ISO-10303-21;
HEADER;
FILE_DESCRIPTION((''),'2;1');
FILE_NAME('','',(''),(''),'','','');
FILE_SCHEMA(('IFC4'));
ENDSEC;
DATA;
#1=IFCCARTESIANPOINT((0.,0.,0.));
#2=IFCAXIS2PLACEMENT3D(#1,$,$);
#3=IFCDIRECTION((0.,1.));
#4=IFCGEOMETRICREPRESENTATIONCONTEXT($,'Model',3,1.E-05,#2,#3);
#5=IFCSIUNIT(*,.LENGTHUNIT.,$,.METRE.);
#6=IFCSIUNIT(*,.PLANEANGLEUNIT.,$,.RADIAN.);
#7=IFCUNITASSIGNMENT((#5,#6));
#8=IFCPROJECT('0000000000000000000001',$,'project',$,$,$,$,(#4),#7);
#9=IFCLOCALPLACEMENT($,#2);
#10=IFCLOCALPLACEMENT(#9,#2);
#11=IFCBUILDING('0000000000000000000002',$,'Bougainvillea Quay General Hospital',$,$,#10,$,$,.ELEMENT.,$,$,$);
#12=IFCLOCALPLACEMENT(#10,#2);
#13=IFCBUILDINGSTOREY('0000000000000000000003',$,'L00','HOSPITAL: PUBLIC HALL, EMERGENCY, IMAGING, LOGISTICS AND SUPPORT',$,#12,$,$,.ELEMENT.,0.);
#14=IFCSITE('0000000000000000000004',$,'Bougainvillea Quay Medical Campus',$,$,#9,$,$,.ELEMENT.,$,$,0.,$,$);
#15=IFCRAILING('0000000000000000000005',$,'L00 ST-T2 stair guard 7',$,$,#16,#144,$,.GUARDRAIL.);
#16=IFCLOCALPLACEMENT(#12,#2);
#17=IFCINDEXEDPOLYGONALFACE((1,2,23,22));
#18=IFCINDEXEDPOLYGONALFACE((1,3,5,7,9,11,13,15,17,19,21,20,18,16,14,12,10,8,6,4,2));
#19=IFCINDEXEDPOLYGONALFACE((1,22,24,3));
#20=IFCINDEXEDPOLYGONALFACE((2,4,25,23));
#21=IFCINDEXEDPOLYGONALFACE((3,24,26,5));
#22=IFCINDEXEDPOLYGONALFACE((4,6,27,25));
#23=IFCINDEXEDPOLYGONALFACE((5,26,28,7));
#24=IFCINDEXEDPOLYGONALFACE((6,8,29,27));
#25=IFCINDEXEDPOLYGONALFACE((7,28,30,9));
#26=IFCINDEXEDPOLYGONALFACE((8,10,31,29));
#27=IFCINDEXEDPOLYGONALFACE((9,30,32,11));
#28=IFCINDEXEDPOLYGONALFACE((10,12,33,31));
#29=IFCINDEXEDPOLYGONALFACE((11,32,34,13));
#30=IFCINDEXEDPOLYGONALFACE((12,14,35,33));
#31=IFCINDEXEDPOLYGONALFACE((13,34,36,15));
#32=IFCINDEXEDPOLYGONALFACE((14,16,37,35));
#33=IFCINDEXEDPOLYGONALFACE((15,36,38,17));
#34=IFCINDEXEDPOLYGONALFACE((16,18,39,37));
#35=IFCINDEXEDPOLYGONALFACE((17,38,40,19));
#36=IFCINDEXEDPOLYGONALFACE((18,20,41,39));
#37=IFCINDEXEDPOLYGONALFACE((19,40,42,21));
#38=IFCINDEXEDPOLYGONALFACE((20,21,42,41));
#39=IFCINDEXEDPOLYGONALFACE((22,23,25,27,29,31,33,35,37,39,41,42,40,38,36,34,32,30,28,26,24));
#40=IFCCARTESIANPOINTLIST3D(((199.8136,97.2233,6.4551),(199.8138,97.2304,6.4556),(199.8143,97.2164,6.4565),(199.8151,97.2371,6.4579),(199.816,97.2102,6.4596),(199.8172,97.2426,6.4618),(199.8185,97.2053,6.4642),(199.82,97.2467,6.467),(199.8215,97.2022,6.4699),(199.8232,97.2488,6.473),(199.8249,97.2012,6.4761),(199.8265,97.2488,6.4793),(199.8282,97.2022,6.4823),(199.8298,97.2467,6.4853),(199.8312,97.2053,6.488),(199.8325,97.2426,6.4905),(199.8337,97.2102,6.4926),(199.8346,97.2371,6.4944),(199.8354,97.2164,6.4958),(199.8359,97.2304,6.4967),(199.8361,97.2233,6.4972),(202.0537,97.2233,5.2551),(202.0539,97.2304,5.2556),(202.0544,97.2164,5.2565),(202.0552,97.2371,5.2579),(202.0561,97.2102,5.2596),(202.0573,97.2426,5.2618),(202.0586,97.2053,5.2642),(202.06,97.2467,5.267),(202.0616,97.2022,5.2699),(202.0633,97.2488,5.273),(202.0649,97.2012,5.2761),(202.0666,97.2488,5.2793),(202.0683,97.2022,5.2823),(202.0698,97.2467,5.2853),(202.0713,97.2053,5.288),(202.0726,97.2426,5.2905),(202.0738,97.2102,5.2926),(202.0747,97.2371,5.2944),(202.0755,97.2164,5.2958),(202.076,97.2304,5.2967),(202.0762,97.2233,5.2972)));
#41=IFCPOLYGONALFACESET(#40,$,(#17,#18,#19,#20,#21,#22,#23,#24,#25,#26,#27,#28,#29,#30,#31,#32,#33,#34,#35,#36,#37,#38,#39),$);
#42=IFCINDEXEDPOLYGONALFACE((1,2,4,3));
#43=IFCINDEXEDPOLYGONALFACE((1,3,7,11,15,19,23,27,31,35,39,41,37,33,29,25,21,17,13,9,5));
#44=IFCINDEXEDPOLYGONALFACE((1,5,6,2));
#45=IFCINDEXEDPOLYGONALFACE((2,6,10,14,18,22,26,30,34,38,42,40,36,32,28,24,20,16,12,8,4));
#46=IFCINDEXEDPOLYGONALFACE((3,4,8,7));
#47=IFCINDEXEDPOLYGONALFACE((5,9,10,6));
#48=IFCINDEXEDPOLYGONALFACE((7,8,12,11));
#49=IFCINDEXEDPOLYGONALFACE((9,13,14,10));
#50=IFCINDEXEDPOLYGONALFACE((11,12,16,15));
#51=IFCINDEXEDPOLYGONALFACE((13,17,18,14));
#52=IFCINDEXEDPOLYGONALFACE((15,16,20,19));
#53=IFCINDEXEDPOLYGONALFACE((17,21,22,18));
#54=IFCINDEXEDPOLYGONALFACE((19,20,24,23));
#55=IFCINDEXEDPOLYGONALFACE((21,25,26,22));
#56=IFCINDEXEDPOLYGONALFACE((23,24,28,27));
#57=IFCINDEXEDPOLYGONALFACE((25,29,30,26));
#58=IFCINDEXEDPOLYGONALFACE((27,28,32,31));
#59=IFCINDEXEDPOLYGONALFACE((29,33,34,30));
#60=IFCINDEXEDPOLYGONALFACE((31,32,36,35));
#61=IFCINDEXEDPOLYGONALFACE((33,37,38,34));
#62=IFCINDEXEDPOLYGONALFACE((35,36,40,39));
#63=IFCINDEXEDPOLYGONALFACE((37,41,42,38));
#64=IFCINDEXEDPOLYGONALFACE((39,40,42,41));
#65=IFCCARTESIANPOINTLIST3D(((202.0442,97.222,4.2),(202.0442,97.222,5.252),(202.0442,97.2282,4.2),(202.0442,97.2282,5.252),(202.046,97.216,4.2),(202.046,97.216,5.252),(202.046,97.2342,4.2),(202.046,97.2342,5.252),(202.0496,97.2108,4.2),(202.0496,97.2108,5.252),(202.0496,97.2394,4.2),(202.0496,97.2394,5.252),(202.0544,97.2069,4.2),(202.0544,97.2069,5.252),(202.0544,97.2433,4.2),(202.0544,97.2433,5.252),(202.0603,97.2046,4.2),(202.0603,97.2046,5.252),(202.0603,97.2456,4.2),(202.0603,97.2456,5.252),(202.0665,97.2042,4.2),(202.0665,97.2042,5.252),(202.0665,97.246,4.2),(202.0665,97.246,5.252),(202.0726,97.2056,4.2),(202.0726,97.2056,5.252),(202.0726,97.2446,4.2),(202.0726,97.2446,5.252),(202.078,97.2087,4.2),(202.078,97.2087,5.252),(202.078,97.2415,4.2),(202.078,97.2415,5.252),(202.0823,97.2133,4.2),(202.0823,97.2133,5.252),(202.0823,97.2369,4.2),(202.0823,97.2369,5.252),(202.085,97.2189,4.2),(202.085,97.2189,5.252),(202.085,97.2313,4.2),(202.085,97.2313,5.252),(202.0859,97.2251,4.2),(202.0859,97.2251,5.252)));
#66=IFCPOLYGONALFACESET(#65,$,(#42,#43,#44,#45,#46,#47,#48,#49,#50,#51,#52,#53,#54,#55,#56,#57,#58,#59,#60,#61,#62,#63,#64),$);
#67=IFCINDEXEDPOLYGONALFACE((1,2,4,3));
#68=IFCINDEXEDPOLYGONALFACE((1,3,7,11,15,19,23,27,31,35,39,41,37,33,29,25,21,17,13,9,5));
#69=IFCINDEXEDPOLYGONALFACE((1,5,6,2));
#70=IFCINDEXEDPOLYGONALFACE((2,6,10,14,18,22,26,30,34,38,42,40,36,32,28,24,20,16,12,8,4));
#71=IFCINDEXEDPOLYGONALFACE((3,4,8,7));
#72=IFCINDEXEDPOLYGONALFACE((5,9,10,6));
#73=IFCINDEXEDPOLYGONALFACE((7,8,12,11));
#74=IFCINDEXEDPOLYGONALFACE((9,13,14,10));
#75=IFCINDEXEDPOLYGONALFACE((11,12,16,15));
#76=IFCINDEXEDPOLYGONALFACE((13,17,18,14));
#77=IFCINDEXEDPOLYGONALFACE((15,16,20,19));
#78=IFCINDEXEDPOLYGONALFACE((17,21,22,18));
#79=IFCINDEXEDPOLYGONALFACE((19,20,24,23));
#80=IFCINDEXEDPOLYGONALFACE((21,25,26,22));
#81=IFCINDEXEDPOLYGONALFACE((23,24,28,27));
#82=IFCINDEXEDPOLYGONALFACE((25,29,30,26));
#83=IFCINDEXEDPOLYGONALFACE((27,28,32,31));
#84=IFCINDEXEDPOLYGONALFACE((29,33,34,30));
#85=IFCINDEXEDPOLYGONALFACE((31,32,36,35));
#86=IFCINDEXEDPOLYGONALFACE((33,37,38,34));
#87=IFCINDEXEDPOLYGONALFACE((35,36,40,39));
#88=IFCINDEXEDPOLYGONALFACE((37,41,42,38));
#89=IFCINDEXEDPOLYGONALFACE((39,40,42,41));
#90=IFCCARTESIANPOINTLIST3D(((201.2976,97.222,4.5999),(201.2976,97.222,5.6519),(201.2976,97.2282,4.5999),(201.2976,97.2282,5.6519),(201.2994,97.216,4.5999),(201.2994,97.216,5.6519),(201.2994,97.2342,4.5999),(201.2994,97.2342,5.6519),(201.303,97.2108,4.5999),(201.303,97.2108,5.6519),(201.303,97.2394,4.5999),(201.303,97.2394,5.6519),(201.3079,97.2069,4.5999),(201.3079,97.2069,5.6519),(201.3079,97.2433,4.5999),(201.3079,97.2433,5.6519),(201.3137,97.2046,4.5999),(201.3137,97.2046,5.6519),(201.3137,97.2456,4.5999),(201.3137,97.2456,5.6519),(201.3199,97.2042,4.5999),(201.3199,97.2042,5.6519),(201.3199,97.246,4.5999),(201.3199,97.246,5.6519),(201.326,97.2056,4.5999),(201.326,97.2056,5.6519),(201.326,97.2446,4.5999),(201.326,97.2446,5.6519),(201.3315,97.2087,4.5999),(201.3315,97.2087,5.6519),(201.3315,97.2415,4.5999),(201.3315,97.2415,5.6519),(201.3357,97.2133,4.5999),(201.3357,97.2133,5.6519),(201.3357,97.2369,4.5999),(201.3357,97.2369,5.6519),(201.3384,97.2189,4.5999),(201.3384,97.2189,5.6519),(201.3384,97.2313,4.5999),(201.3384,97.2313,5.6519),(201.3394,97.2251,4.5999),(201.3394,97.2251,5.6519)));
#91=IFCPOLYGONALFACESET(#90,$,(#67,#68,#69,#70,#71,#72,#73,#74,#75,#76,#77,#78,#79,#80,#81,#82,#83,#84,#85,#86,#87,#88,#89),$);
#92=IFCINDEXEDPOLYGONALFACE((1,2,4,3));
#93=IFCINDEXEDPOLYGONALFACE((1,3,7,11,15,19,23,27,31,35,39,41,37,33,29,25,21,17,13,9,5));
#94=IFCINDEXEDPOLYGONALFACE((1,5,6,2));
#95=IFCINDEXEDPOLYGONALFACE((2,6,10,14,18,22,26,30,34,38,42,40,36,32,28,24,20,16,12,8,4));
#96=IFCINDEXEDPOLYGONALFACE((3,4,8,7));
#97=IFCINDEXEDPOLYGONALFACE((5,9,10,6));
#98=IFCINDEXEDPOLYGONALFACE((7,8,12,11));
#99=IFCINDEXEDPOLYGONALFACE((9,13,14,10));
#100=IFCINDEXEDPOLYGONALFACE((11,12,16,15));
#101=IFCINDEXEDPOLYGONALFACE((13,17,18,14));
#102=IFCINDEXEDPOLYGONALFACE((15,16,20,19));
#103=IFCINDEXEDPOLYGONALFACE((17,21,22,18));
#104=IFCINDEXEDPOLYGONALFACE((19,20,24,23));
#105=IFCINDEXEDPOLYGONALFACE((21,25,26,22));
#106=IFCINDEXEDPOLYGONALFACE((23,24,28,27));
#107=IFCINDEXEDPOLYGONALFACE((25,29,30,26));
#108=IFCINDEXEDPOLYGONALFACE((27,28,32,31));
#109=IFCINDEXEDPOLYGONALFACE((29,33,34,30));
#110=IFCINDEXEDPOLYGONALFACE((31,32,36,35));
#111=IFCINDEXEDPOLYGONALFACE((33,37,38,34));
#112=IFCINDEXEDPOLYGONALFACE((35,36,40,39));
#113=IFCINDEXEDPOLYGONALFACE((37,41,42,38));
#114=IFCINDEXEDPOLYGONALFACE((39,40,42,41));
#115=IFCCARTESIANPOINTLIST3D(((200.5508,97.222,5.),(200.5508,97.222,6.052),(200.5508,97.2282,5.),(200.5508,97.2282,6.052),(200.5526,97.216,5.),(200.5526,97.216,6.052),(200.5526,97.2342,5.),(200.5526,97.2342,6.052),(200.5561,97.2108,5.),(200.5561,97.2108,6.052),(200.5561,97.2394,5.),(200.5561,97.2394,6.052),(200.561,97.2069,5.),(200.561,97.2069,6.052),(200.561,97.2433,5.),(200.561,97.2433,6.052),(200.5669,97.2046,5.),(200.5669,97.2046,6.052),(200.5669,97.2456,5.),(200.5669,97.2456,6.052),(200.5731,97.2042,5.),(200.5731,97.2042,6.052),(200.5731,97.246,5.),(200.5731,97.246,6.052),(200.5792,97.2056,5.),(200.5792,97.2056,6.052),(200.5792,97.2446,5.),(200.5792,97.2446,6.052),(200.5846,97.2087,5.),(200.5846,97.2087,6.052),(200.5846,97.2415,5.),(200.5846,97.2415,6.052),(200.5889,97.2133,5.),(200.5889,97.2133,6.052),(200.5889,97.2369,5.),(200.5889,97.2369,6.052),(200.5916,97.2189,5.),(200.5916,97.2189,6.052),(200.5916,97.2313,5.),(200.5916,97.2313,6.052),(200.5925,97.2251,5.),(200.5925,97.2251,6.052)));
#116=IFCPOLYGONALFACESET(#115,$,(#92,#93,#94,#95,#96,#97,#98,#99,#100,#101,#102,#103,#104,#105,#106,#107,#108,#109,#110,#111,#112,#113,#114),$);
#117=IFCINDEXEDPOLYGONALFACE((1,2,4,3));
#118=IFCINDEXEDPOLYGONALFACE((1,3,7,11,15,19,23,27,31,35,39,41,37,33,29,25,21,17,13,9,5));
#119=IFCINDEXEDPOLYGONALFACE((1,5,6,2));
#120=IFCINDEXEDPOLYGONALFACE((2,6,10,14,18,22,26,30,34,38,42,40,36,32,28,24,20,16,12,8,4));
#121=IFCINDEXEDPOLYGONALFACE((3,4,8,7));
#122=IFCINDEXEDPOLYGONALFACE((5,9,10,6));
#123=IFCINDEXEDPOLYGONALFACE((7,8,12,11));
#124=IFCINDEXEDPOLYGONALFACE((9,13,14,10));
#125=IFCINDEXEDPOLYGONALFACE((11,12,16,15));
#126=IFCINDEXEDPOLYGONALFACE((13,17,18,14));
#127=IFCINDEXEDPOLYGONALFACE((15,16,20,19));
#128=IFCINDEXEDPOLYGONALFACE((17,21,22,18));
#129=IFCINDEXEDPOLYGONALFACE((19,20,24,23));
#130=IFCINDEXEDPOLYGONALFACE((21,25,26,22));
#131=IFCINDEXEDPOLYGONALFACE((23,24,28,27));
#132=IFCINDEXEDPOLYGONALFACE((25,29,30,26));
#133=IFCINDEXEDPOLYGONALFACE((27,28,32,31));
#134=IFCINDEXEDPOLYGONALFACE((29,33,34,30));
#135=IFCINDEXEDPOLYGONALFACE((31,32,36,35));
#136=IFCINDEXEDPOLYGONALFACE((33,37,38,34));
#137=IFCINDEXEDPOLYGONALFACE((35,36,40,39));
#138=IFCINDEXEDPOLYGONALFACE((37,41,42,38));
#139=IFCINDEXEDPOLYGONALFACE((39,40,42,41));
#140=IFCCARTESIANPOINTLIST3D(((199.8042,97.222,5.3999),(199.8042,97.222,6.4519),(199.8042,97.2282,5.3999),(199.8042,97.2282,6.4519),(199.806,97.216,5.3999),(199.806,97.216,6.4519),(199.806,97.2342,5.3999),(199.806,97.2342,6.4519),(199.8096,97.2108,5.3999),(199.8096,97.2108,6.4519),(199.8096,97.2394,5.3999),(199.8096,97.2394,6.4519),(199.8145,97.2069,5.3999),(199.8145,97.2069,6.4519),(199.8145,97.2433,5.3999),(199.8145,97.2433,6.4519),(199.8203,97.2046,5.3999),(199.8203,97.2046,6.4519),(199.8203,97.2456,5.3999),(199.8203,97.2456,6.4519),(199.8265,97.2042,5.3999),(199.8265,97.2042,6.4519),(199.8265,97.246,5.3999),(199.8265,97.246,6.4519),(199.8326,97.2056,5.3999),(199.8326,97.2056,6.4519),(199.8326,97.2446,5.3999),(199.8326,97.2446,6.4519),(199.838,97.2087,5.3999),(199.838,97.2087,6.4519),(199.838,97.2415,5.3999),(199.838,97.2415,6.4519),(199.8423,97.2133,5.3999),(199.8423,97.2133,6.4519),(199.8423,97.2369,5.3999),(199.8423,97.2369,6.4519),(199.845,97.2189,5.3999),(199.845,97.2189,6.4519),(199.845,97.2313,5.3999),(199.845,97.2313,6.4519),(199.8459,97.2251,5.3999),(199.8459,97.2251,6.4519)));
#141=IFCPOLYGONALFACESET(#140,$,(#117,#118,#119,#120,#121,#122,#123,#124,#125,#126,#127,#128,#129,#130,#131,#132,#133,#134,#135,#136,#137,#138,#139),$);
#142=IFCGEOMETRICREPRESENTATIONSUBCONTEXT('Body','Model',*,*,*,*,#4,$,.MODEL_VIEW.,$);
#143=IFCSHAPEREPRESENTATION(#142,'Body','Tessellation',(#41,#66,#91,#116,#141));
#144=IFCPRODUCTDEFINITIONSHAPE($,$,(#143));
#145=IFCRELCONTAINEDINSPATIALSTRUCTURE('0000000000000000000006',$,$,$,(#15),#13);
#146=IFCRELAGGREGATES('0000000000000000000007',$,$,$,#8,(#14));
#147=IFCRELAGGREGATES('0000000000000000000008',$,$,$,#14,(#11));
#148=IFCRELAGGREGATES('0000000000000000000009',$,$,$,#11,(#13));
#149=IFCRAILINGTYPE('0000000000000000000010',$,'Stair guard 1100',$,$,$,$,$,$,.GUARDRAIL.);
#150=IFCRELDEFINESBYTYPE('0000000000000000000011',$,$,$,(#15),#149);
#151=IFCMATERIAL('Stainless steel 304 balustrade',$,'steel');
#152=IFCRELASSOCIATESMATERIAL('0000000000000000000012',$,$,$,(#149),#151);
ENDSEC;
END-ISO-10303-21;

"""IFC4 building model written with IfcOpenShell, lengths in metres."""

from ifc_helpers import new_model, si_unit, direction, frame, origin, origin_2d, place, context, subcontext, project, spatial, circle, extrude, material, type_object, element, save


model = new_model("IFC4")

# Units and contexts
model_context = context("Model", 3, precision=1e-05, world=origin(), true_north=direction((0.0, 1.0)))
body_context = subcontext(model_context, "Body", "Model", "MODEL_VIEW")
ifc_project = project(units=[si_unit("LENGTHUNIT", "METRE"), si_unit("PLANEANGLEUNIT", "RADIAN")], contexts=[model_context])

# Site, building, storey
site_placement = place(None, origin())
site = spatial("IfcSite", under=ifc_project, at=site_placement, Name="Bougainvillea Quay Medical Campus", CompositionType="ELEMENT", RefElevation=0.0)
building_placement = place(site_placement, origin())
building = spatial("IfcBuilding", under=site, at=building_placement, Name="Bougainvillea Quay General Hospital", CompositionType="ELEMENT")
storey_placement = place(building_placement, origin())
storey = spatial("IfcBuildingStorey", under=building, at=storey_placement, Name="L00", Description="HOSPITAL: PUBLIC HALL, EMERGENCY, IMAGING, LOGISTICS AND SUPPORT", CompositionType="ELEMENT", Elevation=0.0)

# Railing
ifc_material_1 = material(Name="Stainless steel 304 balustrade", Category="steel")
railing_type_1 = type_object("IfcRailingType", Name="Stair guard 1100", PredefinedType="GUARDRAIL", material=ifc_material_1)
railing_1_placement = place(storey_placement, frame((202.0649, 97.2251, 4.2)))
element("IfcRailing", 1, at=railing_1_placement, inside=storey, type_object=railing_type_1, Name="L00 ST-T2 stair guard 7", PredefinedType="GUARDRAIL", context=body_context, shape_type="SweptSolid", body=[
    extrude(circle(Radius=0.0239, at=origin_2d()), frame((0.0, 0.0, 1.0762), z_axis=(-0.881487, 0.0, 0.472208), x_axis=(0.0, -1.0, 0.0)), (0.0, 0.0, 1.0), 2.5413),
    extrude(circle(Radius=0.021, at=origin_2d()), origin(), (0.0, 0.0, 1.0), 1.052),
    extrude(circle(Radius=0.021, at=origin_2d()), frame((-0.7466, 0.0, 0.3999)), (0.0, 0.0, 1.0), 1.052),
    extrude(circle(Radius=0.021, at=origin_2d()), frame((-1.4934, 0.0, 0.8)), (0.0, 0.0, 1.0), 1.052),
    extrude(circle(Radius=0.021, at=origin_2d()), frame((-2.24, 0.0, 1.2)), (0.0, 0.0, 1.0), 1.052),
])

save(model, "model.ifc")
